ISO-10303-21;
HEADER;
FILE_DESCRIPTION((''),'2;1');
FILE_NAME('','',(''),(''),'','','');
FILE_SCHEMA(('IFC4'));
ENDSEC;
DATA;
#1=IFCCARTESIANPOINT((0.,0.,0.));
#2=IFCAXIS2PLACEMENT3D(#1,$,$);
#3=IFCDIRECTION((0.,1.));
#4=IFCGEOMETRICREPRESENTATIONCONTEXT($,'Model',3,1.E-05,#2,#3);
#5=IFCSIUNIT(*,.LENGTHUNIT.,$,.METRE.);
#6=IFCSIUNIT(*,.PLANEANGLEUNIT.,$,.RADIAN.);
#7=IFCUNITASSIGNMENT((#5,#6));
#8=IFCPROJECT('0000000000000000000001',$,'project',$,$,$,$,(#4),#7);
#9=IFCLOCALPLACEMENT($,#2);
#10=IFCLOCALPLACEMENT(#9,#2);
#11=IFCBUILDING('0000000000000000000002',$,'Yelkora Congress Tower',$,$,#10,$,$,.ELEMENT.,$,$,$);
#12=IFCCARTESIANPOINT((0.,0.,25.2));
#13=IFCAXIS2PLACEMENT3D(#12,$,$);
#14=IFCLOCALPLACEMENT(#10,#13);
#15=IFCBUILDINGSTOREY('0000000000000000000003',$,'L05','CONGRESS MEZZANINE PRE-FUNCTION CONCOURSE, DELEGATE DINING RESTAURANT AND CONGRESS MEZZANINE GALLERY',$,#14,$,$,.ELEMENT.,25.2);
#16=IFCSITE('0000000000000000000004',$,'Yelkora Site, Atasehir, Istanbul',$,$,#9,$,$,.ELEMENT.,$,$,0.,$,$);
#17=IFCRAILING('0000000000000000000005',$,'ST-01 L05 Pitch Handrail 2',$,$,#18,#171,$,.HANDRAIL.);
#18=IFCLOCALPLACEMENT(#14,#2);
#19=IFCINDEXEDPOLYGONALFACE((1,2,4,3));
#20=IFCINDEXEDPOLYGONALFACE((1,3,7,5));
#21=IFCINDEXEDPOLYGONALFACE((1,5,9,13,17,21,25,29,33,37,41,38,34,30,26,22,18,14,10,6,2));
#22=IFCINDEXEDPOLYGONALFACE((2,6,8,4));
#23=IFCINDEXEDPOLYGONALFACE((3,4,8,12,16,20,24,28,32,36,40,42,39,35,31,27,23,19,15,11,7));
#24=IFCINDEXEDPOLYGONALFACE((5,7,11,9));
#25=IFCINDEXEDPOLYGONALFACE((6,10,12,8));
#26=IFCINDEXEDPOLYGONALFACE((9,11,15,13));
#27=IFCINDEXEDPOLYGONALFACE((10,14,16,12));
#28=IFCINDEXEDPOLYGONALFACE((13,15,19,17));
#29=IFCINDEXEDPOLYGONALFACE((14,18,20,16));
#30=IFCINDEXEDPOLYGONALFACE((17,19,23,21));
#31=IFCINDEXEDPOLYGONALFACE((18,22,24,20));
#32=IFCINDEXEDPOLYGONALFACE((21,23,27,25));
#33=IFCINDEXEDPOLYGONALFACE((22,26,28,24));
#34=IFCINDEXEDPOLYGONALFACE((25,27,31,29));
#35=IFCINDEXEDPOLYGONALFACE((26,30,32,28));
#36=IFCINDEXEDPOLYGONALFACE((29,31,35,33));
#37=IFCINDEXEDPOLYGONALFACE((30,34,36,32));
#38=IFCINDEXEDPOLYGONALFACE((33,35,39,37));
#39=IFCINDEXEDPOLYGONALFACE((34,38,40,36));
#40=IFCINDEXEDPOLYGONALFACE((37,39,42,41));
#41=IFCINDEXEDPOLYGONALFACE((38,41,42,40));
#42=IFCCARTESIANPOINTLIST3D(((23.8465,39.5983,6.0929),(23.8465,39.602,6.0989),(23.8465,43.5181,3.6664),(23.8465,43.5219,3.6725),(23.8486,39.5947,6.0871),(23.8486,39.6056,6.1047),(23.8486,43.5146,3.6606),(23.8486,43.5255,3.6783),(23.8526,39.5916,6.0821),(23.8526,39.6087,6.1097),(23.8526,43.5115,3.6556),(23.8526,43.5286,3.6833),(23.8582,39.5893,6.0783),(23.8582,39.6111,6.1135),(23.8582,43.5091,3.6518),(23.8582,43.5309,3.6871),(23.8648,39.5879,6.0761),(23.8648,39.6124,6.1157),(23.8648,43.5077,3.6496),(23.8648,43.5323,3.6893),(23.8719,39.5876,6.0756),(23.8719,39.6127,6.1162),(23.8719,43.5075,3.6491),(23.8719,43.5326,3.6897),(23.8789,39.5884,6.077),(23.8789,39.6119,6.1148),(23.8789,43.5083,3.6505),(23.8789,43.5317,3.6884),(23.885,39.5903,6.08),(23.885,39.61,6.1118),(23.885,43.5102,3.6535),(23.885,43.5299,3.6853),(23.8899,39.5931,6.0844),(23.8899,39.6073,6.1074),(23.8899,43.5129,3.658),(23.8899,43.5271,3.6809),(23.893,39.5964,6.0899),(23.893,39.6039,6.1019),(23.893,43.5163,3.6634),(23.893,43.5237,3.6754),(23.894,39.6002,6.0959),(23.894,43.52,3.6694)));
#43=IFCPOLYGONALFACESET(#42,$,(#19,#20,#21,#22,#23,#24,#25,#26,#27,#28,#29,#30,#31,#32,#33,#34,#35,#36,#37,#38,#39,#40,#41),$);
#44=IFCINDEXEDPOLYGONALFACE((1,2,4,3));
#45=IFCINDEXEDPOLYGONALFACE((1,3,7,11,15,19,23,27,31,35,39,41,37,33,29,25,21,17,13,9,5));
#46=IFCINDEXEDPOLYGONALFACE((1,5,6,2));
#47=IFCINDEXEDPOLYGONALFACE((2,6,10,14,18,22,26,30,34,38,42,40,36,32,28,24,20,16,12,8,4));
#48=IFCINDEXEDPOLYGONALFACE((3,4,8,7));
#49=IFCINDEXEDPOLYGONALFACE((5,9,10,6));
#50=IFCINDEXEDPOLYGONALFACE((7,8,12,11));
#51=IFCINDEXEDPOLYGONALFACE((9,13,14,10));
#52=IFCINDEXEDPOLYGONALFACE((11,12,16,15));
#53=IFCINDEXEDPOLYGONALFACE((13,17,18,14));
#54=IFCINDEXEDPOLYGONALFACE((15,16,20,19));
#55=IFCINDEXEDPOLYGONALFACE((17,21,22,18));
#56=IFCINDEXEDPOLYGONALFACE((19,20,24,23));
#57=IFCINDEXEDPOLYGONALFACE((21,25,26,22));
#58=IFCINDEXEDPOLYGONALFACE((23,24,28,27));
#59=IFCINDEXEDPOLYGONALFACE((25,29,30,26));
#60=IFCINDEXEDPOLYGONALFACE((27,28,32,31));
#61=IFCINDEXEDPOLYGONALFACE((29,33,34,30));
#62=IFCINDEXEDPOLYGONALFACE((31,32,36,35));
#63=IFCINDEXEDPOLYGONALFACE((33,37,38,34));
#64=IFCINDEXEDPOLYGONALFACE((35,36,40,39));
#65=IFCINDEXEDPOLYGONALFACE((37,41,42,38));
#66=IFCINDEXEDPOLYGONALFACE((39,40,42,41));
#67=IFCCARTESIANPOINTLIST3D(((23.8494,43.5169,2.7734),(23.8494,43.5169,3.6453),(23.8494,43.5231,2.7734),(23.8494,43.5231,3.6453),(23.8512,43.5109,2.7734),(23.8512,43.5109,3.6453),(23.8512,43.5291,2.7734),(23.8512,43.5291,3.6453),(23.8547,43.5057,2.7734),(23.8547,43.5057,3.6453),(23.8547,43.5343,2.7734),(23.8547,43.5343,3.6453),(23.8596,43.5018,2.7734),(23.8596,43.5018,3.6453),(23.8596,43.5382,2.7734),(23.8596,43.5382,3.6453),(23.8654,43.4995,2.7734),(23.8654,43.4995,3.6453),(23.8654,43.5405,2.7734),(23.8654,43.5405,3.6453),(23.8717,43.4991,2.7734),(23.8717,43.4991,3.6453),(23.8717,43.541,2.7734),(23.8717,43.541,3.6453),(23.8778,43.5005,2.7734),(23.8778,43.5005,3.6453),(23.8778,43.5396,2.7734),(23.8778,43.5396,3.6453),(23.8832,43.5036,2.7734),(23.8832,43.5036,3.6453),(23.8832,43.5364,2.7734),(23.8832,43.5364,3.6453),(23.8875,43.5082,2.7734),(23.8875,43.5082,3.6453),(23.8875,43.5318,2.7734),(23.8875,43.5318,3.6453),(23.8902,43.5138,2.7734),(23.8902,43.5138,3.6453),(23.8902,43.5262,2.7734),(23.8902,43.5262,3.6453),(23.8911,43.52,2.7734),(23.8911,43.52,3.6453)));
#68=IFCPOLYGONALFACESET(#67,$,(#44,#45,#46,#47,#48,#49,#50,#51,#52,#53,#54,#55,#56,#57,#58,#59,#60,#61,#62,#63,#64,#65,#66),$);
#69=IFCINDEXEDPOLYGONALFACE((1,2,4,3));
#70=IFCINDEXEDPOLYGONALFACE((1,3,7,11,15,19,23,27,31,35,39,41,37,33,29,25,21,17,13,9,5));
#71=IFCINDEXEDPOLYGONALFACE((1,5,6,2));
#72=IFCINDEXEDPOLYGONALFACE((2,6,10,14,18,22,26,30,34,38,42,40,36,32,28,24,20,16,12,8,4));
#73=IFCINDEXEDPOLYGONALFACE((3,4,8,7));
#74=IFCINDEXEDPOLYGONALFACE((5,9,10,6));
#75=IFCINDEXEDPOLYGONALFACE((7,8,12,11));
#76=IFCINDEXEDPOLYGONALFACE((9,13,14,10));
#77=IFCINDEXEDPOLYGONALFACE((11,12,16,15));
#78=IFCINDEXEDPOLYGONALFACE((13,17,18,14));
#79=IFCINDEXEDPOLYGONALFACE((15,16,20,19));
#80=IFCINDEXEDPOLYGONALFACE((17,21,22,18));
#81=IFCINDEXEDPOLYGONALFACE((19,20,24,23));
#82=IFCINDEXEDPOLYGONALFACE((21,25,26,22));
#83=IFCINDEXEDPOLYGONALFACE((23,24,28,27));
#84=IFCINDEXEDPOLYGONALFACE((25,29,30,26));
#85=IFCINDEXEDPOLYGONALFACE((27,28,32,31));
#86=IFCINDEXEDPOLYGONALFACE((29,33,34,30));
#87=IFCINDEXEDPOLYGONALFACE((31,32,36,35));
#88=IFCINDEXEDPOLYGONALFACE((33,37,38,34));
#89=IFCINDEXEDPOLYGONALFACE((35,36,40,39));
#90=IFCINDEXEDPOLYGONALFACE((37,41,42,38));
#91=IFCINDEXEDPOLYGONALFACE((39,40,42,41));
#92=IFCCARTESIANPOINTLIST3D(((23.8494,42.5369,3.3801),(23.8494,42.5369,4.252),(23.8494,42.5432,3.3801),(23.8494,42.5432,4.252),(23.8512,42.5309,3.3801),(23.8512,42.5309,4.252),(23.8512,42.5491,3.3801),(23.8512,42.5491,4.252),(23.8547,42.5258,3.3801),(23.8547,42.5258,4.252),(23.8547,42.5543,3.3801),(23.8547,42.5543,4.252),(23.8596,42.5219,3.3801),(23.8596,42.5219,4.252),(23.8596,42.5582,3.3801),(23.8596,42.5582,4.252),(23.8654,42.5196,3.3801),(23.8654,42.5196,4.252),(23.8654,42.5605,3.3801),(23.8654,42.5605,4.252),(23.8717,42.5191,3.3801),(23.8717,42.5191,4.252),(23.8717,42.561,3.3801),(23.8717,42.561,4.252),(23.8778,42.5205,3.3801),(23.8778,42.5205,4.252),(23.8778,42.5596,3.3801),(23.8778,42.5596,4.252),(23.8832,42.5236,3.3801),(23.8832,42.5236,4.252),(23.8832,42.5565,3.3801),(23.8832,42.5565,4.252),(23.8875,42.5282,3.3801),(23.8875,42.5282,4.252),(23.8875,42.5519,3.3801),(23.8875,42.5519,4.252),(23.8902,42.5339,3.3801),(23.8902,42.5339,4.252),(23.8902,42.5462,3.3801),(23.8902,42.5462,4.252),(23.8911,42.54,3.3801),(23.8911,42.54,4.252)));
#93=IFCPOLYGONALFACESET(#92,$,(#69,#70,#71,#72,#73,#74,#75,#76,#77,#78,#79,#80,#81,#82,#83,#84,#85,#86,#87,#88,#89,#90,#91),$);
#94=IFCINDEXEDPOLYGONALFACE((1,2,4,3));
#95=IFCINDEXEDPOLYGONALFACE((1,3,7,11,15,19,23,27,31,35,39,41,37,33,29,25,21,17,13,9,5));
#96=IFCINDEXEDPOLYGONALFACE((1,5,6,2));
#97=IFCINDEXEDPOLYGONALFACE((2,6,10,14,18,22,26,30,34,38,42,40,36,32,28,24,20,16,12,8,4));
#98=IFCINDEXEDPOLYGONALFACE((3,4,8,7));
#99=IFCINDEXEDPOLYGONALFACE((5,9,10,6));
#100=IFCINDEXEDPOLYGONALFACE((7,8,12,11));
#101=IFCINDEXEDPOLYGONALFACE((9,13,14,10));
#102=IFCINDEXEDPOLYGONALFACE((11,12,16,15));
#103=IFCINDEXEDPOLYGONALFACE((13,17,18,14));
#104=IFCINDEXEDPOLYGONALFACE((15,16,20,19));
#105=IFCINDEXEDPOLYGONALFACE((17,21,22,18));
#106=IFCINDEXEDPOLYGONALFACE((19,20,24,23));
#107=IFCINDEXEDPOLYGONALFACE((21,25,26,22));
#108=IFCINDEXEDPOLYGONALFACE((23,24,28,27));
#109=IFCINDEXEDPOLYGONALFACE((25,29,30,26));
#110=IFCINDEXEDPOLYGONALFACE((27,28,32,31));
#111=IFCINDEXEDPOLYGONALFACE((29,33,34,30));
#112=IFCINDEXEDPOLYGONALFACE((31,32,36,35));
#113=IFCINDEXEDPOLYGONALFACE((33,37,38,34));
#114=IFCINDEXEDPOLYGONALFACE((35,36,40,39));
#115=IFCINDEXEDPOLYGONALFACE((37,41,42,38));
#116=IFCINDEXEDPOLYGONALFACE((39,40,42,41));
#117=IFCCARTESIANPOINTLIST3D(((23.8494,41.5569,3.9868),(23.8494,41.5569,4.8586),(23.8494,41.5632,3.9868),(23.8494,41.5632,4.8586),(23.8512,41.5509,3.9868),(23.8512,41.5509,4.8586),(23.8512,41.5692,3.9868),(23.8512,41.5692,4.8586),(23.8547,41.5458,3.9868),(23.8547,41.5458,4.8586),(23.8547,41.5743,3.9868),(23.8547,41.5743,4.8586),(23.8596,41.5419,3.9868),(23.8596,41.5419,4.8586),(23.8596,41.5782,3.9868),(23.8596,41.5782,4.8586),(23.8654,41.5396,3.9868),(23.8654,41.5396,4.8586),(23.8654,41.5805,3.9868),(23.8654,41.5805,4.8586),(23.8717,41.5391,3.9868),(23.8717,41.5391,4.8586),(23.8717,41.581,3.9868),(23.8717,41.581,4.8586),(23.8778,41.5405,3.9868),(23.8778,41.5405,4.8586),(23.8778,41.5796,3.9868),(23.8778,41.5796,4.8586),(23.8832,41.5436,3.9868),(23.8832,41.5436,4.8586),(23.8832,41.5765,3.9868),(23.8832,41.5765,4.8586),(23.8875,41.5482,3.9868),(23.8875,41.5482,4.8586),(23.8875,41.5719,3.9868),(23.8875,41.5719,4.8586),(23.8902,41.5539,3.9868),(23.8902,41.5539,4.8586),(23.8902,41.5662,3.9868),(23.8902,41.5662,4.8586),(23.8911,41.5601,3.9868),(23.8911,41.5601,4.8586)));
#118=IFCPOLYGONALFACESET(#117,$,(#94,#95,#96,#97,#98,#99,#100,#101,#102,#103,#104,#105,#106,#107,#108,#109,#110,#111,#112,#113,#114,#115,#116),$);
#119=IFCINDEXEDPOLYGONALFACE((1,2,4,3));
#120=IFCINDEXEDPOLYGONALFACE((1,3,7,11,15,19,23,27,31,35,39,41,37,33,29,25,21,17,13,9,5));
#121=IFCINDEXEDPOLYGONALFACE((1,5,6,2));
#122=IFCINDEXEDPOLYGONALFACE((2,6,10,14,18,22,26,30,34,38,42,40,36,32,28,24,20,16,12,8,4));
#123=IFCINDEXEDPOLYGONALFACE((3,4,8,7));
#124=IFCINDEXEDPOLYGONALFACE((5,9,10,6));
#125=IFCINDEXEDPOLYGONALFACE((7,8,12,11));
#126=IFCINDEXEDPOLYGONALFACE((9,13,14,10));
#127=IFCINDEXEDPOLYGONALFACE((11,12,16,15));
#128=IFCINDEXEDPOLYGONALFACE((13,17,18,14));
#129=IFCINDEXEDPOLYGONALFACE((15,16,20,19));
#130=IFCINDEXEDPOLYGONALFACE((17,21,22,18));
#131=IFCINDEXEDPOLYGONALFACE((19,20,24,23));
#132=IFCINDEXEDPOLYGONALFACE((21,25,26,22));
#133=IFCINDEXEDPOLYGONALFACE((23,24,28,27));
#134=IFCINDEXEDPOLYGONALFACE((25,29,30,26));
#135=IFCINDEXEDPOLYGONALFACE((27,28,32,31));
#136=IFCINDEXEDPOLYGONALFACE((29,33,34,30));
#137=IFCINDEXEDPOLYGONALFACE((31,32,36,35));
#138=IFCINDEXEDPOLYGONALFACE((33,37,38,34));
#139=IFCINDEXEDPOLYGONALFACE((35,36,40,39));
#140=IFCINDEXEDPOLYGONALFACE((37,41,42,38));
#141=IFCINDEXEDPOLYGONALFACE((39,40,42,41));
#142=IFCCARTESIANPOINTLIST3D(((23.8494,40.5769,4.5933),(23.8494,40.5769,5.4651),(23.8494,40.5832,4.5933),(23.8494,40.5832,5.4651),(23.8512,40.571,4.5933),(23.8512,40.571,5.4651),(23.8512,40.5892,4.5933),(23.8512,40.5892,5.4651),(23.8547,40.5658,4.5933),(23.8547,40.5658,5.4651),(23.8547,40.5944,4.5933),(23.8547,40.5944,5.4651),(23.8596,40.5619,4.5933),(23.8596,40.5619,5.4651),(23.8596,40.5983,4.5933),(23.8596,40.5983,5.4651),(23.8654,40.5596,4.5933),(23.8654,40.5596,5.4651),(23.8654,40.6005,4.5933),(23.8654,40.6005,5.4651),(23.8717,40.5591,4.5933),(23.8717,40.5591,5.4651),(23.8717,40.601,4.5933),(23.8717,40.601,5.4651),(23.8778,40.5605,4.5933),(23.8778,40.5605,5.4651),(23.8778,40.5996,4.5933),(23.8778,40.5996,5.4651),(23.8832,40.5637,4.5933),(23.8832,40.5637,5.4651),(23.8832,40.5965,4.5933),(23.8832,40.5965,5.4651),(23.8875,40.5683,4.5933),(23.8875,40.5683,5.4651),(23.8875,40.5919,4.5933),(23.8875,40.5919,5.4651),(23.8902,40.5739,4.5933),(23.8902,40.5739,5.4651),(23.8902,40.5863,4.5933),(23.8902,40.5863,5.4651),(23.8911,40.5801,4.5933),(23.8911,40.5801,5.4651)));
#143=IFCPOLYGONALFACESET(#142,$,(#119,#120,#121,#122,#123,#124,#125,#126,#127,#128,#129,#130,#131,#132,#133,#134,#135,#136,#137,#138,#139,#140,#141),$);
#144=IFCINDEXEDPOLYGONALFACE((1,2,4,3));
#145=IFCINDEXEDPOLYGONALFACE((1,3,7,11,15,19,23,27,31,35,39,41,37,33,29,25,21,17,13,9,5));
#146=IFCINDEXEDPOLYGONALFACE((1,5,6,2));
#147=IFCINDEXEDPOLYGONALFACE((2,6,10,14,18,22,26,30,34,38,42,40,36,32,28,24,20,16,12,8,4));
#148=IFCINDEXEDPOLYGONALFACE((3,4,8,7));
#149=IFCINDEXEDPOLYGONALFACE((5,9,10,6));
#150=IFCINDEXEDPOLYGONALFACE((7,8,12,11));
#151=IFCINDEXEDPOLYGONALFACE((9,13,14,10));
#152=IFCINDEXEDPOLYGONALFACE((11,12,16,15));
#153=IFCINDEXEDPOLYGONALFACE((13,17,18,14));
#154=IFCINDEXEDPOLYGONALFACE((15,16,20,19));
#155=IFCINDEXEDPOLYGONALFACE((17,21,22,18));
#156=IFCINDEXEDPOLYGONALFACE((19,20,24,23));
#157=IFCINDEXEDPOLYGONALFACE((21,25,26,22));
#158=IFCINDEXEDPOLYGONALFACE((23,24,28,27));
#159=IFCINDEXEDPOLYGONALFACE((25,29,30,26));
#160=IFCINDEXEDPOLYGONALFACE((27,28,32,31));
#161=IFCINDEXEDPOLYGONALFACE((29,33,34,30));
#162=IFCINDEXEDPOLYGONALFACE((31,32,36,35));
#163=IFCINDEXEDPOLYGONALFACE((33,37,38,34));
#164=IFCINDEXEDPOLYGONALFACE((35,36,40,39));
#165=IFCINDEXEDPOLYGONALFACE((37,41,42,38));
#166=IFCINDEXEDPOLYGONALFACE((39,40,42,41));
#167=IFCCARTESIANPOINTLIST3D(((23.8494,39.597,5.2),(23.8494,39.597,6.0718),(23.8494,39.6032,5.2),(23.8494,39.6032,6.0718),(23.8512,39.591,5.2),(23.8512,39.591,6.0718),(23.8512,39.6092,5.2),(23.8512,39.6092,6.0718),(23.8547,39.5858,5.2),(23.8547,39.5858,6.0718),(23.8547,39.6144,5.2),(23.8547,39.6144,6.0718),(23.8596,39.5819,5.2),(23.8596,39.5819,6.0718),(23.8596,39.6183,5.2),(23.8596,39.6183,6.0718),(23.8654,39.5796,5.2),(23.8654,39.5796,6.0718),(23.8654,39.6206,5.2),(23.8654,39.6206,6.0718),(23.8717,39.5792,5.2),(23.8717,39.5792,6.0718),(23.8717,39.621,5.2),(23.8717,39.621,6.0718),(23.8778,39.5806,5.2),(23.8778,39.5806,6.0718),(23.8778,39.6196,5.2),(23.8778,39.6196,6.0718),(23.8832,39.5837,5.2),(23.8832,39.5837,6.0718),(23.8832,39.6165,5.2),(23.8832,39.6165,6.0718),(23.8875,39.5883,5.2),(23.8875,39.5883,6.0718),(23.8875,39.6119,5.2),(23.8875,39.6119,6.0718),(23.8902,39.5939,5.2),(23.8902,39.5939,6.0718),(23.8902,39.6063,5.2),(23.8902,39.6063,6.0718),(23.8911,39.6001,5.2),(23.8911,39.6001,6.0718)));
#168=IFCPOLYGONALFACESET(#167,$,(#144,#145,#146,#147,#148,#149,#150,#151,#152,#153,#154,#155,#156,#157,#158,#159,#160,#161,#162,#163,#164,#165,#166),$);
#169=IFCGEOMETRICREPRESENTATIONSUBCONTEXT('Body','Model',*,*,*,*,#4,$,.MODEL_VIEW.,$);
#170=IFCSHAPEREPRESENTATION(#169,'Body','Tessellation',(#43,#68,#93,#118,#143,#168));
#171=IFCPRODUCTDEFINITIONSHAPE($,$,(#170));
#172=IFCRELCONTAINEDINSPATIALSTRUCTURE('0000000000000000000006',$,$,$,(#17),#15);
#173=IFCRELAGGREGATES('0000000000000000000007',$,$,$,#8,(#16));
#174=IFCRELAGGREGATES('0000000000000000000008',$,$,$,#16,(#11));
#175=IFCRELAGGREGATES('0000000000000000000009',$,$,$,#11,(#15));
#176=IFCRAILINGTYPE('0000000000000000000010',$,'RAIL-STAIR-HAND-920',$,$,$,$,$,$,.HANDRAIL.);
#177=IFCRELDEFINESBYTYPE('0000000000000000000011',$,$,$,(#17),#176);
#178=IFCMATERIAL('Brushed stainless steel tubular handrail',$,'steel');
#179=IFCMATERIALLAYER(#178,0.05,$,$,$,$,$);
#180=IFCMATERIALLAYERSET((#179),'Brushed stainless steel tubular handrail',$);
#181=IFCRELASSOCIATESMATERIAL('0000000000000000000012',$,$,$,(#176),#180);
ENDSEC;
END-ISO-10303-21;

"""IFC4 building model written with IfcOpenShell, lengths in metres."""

from ifc_helpers import new_model, si_unit, direction, frame, origin, origin_2d, place, context, subcontext, project, spatial, circle, extrude, material, layer, layer_set, type_object, element, save


model = new_model("IFC4")

# Units and contexts
model_context = context("Model", 3, precision=1e-05, world=origin(), true_north=direction((0.0, 1.0)))
body_context = subcontext(model_context, "Body", "Model", "MODEL_VIEW")
ifc_project = project(units=[si_unit("LENGTHUNIT", "METRE"), si_unit("PLANEANGLEUNIT", "RADIAN")], contexts=[model_context])

# Site, building, storey
site_placement = place(None, origin())
site = spatial("IfcSite", under=ifc_project, at=site_placement, Name="Yelkora Site, Atasehir, Istanbul", CompositionType="ELEMENT", RefElevation=0.0)
building_placement = place(site_placement, origin())
building = spatial("IfcBuilding", under=site, at=building_placement, Name="Yelkora Congress Tower", CompositionType="ELEMENT")
storey_placement = place(building_placement, frame((0.0, 0.0, 25.2)))
storey = spatial("IfcBuildingStorey", under=building, at=storey_placement, Name="L05", Description="CONGRESS MEZZANINE PRE-FUNCTION CONCOURSE, DELEGATE DINING RESTAURANT AND CONGRESS MEZZANINE GALLERY", CompositionType="ELEMENT", Elevation=25.2)

# Railing
ifc_material_1 = material(Name="Brushed stainless steel tubular handrail", Category="steel")
ifc_layer_1 = layer(ifc_material_1, 0.05)
ifc_layer_set_1 = layer_set([ifc_layer_1], Name="Brushed stainless steel tubular handrail")
railing_type_1 = type_object("IfcRailingType", Name="RAIL-STAIR-HAND-920", PredefinedType="HANDRAIL", material=ifc_layer_set_1)
railing_1_placement = place(storey_placement, frame((23.8701, 43.52, 2.7734)))
element("IfcRailing", 1, at=railing_1_placement, inside=storey, type_object=railing_type_1, Name="ST-01 L05 Pitch Handrail 2", PredefinedType="HANDRAIL", context=body_context, shape_type="SweptSolid", body=[
    extrude(circle(Radius=0.0239, at=origin_2d()), frame((0.0, 0.0, 0.896), z_axis=(0.0, -0.850275, 0.526338), x_axis=(1.0, 0.0, 0.0)), (0.0, 0.0, 1.0), 4.6101),
    extrude(circle(Radius=0.021, at=origin_2d()), origin(), (0.0, 0.0, 1.0), 0.8718),
    extrude(circle(Radius=0.021, at=origin_2d()), frame((0.0, -0.98, 0.6067)), (0.0, 0.0, 1.0), 0.8718),
    extrude(circle(Radius=0.021, at=origin_2d()), frame((0.0, -1.96, 1.2134)), (0.0, 0.0, 1.0), 0.8718),
    extrude(circle(Radius=0.021, at=origin_2d()), frame((0.0, -2.9399, 1.8198)), (0.0, 0.0, 1.0), 0.8718),
    extrude(circle(Radius=0.021, at=origin_2d()), frame((0.0, -3.9199, 2.4265)), (0.0, 0.0, 1.0), 0.8718),
])

save(model, "model.ifc")
